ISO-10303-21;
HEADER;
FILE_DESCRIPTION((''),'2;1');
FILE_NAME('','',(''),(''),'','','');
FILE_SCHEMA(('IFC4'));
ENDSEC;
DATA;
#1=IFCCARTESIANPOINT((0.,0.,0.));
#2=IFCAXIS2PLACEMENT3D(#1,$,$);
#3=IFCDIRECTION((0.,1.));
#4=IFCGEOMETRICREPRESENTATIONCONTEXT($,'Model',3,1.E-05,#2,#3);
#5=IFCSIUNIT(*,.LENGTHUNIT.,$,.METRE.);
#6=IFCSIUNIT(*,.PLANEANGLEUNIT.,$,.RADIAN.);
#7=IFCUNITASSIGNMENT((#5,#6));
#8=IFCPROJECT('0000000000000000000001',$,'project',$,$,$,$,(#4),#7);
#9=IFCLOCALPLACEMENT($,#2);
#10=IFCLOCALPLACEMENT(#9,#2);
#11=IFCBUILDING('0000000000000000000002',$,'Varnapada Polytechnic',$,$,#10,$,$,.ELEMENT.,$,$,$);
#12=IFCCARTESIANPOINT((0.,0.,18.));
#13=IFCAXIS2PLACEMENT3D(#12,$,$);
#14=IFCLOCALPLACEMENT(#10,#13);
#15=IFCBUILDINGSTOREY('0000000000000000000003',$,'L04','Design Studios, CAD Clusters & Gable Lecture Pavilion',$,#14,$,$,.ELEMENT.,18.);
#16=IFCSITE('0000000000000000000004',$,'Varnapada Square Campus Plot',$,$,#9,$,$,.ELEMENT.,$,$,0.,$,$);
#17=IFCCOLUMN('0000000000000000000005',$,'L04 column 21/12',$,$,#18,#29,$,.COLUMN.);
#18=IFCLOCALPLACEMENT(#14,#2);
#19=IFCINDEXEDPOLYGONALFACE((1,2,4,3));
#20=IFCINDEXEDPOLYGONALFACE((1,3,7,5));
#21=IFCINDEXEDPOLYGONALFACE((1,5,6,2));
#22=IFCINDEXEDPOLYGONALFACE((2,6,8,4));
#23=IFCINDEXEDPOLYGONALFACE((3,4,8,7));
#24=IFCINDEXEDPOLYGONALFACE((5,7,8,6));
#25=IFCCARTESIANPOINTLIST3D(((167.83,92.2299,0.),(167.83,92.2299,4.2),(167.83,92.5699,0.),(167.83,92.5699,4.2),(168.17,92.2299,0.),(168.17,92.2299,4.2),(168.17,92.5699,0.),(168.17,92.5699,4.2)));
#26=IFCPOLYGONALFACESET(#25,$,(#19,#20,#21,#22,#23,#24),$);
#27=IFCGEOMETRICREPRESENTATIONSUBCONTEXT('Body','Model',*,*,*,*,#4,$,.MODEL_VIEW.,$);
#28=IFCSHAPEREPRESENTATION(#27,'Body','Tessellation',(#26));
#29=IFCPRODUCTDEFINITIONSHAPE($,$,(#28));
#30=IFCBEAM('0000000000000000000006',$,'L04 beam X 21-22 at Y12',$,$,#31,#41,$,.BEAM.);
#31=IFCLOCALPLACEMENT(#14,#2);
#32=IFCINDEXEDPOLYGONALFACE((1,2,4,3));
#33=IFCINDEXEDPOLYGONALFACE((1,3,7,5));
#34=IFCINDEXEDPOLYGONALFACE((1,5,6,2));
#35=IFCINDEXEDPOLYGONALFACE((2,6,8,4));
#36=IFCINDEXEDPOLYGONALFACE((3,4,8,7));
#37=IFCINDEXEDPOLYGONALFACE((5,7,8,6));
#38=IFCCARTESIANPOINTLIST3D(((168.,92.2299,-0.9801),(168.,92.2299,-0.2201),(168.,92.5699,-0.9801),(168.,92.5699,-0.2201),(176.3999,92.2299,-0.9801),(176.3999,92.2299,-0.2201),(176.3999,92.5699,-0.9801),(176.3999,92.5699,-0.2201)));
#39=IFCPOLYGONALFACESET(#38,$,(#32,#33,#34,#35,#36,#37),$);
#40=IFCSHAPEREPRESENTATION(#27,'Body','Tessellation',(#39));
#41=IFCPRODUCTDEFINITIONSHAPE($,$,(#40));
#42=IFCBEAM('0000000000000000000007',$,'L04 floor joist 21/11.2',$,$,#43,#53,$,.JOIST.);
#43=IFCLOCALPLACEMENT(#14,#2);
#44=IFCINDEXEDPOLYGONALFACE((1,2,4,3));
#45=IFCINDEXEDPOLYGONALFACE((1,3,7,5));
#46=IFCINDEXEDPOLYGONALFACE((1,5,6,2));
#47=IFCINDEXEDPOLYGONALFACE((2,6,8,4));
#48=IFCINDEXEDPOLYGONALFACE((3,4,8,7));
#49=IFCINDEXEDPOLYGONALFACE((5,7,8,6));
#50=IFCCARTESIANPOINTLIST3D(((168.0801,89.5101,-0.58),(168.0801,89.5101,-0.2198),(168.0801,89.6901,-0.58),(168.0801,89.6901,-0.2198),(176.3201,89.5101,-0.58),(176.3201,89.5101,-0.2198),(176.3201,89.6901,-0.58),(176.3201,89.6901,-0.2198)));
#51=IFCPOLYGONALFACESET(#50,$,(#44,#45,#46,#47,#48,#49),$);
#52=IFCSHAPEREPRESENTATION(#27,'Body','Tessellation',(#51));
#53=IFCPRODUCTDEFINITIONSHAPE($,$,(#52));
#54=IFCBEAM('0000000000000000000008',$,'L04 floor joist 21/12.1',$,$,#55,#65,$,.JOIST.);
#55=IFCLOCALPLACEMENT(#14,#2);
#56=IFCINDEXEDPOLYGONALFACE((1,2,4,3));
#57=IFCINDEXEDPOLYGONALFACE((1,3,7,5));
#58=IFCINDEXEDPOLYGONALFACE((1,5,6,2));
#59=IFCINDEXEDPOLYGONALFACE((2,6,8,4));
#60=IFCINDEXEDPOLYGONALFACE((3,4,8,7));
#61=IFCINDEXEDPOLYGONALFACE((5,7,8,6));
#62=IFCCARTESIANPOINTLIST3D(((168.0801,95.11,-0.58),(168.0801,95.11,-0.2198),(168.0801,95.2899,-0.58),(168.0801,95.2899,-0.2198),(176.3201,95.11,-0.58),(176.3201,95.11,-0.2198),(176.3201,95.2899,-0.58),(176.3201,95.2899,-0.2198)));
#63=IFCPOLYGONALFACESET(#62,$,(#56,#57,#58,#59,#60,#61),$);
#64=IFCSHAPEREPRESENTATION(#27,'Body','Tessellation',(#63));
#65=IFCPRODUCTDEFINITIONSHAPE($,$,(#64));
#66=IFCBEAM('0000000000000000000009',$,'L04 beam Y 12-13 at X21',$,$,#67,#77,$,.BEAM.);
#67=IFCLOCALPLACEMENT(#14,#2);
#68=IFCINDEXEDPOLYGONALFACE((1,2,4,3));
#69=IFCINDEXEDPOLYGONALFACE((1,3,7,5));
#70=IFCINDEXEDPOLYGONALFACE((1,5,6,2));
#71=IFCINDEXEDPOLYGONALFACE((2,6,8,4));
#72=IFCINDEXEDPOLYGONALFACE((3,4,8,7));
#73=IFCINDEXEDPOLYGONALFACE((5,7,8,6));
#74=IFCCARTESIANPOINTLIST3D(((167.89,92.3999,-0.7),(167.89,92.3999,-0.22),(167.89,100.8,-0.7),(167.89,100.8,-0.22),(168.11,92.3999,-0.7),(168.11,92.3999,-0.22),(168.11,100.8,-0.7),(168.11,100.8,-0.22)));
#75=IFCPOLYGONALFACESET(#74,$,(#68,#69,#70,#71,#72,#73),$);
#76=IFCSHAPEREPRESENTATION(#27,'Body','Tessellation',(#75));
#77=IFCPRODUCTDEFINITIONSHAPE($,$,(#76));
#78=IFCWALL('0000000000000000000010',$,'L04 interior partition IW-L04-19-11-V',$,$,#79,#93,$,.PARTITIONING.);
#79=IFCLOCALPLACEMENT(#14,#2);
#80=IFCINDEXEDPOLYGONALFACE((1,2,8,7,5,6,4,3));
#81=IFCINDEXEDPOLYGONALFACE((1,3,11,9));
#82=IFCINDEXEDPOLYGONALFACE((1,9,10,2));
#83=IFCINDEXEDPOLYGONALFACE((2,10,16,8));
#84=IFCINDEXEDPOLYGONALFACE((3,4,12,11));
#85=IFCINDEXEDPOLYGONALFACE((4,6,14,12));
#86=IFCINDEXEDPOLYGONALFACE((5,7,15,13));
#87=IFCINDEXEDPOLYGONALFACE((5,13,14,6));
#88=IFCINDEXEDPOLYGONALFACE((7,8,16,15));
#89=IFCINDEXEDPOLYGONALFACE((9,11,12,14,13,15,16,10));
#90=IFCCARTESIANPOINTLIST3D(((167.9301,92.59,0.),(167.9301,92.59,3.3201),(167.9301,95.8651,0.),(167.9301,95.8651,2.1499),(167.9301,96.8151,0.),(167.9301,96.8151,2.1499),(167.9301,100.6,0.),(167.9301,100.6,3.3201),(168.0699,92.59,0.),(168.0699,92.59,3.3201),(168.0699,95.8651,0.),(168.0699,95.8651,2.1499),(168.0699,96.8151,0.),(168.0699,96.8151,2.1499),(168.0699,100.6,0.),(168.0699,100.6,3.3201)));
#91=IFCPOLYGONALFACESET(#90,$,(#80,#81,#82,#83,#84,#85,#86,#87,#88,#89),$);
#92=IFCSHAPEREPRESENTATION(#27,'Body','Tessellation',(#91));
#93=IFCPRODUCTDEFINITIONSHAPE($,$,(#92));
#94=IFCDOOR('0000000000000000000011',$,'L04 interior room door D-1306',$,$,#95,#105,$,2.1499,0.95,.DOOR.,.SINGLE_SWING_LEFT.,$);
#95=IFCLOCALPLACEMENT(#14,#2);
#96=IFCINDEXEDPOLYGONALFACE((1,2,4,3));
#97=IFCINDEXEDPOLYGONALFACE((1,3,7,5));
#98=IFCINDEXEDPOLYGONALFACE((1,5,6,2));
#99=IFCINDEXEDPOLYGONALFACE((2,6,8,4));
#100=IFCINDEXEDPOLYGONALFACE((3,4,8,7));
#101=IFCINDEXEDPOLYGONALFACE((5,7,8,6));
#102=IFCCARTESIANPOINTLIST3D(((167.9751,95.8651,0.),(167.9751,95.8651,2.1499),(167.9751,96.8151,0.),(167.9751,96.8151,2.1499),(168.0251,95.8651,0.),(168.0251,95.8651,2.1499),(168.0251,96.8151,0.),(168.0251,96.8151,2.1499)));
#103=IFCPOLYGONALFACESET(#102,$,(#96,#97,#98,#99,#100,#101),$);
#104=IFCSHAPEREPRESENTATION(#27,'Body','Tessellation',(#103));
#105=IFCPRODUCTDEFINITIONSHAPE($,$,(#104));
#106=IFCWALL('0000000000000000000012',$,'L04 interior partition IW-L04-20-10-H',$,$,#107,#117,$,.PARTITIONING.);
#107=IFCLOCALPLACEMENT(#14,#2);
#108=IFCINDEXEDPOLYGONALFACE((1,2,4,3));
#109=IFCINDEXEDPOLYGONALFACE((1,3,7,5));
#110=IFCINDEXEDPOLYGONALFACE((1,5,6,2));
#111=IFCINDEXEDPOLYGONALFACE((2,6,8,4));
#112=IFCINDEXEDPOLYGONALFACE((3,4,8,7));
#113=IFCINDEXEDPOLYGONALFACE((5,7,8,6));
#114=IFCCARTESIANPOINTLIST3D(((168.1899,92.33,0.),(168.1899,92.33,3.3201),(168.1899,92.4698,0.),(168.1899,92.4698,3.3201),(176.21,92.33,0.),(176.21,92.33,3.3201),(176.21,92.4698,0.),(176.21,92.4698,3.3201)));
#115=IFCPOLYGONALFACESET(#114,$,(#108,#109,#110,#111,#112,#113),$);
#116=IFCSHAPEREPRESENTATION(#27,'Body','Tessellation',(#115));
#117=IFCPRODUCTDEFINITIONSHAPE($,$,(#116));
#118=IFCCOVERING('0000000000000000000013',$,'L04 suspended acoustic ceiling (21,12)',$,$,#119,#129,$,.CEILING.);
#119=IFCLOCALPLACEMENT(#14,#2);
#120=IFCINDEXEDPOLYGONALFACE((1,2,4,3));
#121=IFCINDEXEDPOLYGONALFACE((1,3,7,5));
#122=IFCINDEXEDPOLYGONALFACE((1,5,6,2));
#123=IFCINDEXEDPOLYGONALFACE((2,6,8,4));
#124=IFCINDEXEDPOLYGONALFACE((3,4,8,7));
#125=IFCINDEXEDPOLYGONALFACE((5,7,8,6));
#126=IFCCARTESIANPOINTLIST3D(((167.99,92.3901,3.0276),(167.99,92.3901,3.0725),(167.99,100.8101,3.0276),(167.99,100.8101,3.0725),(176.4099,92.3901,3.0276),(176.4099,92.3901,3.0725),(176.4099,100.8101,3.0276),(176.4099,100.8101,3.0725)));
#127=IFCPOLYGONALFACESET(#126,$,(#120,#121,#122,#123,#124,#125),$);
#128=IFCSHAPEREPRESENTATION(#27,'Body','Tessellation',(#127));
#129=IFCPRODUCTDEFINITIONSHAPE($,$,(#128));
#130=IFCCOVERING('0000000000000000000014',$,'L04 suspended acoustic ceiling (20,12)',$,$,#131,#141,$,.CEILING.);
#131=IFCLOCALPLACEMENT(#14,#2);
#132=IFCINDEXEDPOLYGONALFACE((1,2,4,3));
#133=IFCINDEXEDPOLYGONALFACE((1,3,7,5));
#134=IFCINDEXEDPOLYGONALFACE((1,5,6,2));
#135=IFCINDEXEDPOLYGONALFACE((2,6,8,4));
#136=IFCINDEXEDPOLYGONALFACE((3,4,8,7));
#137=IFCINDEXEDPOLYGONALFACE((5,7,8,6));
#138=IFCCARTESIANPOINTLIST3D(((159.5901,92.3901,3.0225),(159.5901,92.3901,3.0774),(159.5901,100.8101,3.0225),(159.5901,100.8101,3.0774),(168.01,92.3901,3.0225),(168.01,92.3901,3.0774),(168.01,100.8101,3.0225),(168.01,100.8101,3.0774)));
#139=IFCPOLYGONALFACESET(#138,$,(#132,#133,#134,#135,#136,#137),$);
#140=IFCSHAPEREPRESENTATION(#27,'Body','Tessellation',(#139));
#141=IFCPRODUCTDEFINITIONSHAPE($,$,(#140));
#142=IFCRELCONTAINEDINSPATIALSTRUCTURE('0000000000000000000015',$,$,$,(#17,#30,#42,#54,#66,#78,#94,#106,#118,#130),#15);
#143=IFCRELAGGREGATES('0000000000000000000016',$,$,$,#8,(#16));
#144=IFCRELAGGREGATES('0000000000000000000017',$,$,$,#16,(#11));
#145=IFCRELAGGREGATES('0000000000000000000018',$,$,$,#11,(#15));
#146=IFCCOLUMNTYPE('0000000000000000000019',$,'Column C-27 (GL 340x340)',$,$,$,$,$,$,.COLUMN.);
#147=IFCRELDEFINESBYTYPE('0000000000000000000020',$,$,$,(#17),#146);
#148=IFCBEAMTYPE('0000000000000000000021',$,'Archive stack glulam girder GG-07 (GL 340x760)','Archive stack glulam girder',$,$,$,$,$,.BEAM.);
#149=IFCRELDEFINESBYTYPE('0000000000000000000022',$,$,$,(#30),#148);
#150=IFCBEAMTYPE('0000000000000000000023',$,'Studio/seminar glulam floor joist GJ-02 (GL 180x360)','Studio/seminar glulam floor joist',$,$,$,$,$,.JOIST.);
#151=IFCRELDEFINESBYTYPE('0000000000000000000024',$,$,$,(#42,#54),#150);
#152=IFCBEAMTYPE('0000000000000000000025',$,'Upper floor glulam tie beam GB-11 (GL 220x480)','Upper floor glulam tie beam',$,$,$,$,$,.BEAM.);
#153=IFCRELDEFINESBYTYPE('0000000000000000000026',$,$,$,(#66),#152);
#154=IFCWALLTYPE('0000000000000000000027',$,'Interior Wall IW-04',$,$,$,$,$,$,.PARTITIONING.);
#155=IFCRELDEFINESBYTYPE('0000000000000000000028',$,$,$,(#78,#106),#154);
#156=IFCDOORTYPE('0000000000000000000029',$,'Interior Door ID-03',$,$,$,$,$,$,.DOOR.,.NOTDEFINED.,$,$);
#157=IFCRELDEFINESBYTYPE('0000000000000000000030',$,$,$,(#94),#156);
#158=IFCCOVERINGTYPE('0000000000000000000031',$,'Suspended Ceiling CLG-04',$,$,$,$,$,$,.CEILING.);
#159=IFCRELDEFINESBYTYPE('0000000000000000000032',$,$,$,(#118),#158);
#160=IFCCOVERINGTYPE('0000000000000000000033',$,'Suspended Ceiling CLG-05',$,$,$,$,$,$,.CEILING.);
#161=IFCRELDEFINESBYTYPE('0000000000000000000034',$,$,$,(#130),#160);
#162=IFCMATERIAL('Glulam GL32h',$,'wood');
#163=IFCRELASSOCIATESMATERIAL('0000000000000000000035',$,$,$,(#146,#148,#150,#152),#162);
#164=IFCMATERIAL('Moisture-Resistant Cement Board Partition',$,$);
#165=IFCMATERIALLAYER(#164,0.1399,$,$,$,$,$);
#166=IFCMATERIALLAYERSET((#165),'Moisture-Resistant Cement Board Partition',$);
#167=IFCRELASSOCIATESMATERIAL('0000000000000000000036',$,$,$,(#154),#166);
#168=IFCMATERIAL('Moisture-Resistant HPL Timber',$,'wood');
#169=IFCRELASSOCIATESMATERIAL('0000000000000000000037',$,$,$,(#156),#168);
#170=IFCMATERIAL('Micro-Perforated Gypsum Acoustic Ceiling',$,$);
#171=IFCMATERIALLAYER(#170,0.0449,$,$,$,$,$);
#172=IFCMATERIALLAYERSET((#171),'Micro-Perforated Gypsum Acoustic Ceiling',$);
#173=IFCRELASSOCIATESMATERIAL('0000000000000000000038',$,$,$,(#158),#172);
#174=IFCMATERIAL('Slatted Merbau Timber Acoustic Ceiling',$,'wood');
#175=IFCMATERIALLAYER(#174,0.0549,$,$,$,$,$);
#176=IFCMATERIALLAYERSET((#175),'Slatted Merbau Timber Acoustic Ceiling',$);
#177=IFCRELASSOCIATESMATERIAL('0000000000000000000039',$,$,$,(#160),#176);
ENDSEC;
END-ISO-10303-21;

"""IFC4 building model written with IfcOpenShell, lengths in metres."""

from ifc_helpers import new_model, si_unit, direction, frame, frame_2d, origin, origin_2d, place, context, subcontext, project, spatial, rectangle, extrude, material, layer, layer_set, material_profile, profile_set, type_object, element, fill, save


model = new_model("IFC4")

# Units and contexts
model_context = context("Model", 3, precision=1e-05, world=origin(), true_north=direction((0.0, 1.0)))
body_context = subcontext(model_context, "Body", "Model", "MODEL_VIEW")
ifc_project = project(units=[si_unit("LENGTHUNIT", "METRE"), si_unit("PLANEANGLEUNIT", "RADIAN")], contexts=[model_context])

# Site, building, storey
site_placement = place(None, origin())
site = spatial("IfcSite", under=ifc_project, at=site_placement, Name="Varnapada Square Campus Plot", CompositionType="ELEMENT", RefElevation=0.0)
building_placement = place(site_placement, origin())
building = spatial("IfcBuilding", under=site, at=building_placement, Name="Varnapada Polytechnic", CompositionType="ELEMENT")
storey_placement = place(building_placement, frame((0.0, 0.0, 18.0)))
storey = spatial("IfcBuildingStorey", under=building, at=storey_placement, Name="L04", Description="Design Studios, CAD Clusters & Gable Lecture Pavilion", CompositionType="ELEMENT", Elevation=18.0)

# Column
ifc_material_1 = material(Name="Glulam GL32h", Category="wood")
ifc_material_profile_1 = material_profile(ifc_material_1, rectangle(XDim=0.3401, YDim=0.3401, at=origin_2d()), Name="GL 340x340")
ifc_profile_set_1 = profile_set([ifc_material_profile_1], Name="Glulam GL32h")
column_type = type_object("IfcColumnType", Name="Column C-27 (GL 340x340)", PredefinedType="COLUMN", material=ifc_profile_set_1)
column_placement = place(storey_placement, frame((168.0, 92.3999, 0.0), z_axis=(0.0, 0.0, 1.0), x_axis=(1.0, 0.0, 0.0)))
element("IfcColumn", 1, at=column_placement, inside=storey, type_object=column_type, Name="L04 column 21/12", PredefinedType="COLUMN", context=body_context, shape_type="SweptSolid", body=[
    extrude(rectangle(XDim=0.3401, YDim=0.3401, at=origin_2d()), origin(), (0.0, 0.0, 1.0), 4.2),
])

# Beams
ifc_material_profile_2 = material_profile(ifc_material_1, rectangle(XDim=0.3401, YDim=0.76, at=origin_2d()), Name="GL 340x760")
ifc_profile_set_2 = profile_set([ifc_material_profile_2], Name="Glulam GL32h")
beam_type_1 = type_object("IfcBeamType", Name="Archive stack glulam girder GG-07 (GL 340x760)", Description="Archive stack glulam girder", PredefinedType="BEAM", material=ifc_profile_set_2)
beam_1_placement = place(storey_placement, frame((168.0, 92.3999, -0.6001), z_axis=(1.0, 0.0, 0.0), x_axis=(0.0, 1.0, 0.0)))
element("IfcBeam", 2, at=beam_1_placement, inside=storey, type_object=beam_type_1, Name="L04 beam X 21-22 at Y12", PredefinedType="BEAM", context=body_context, shape_type="SweptSolid", body=[
    extrude(rectangle(XDim=0.3401, YDim=0.76, at=origin_2d()), origin(), (0.0, 0.0, 1.0), 8.3999),
])
ifc_material_profile_3 = material_profile(ifc_material_1, rectangle(XDim=0.1799, YDim=0.3601, at=origin_2d()), Name="GL 180x360")
ifc_profile_set_3 = profile_set([ifc_material_profile_3], Name="Glulam GL32h")
beam_type_2 = type_object("IfcBeamType", Name="Studio/seminar glulam floor joist GJ-02 (GL 180x360)", Description="Studio/seminar glulam floor joist", PredefinedType="JOIST", material=ifc_profile_set_3)
for number, where, z_axis, x_axis, name in (
    (3, (168.0801, 89.6001, -0.3999), (1.0, 0.0, 0.0), (0.0, 1.0, 0.0), "L04 floor joist 21/11.2"),
    (4, (168.0801, 95.2, -0.3999), (1.0, 0.0, 0.0), (0.0, 1.0, 0.0), "L04 floor joist 21/12.1"),
):
    element("IfcBeam", number, at=place(storey_placement, frame(where, z_axis=z_axis, x_axis=x_axis)), inside=storey, type_object=beam_type_2, Name=name, PredefinedType="JOIST", context=body_context, shape_type="SweptSolid", body=[
        extrude(rectangle(XDim=0.1799, YDim=0.3601, at=origin_2d()), origin(), (0.0, 0.0, 1.0), 8.24),
    ])
ifc_material_profile_4 = material_profile(ifc_material_1, rectangle(XDim=0.22, YDim=0.48, at=origin_2d()), Name="GL 220x480")
ifc_profile_set_4 = profile_set([ifc_material_profile_4], Name="Glulam GL32h")
beam_type_3 = type_object("IfcBeamType", Name="Upper floor glulam tie beam GB-11 (GL 220x480)", Description="Upper floor glulam tie beam", PredefinedType="BEAM", material=ifc_profile_set_4)
beam_2_placement = place(storey_placement, frame((168.0, 92.3999, -0.46), z_axis=(0.0, 1.0, 0.0), x_axis=(-1.0, 0.0, 0.0)))
element("IfcBeam", 5, at=beam_2_placement, inside=storey, type_object=beam_type_3, Name="L04 beam Y 12-13 at X21", PredefinedType="BEAM", context=body_context, shape_type="SweptSolid", body=[
    extrude(rectangle(XDim=0.22, YDim=0.48, at=origin_2d()), origin(), (0.0, 0.0, 1.0), 8.4001),
])

# Wall, opening, door
ifc_material_2 = material(Name="Moisture-Resistant Cement Board Partition")
ifc_layer_1 = layer(ifc_material_2, 0.1399)
ifc_layer_set_1 = layer_set([ifc_layer_1], Name="Moisture-Resistant Cement Board Partition")
wall_type = type_object("IfcWallType", Name="Interior Wall IW-04", PredefinedType="PARTITIONING", material=ifc_layer_set_1)
wall_1_placement = place(storey_placement, frame((168.0, 92.5901, 0.0), z_axis=(0.0, 0.0, 1.0), x_axis=(0.0, 1.0, 0.0)))
wall_1 = element("IfcWall", 6, at=wall_1_placement, inside=storey, type_object=wall_type, Name="L04 interior partition IW-L04-19-11-V", PredefinedType="PARTITIONING", context=body_context, shape_type="SweptSolid", body=[
    extrude(rectangle(XDim=8.01, YDim=0.1399, at=frame_2d((4.0049, 0.0))), origin(), (0.0, 0.0, 1.0), 3.3201),
])
opening_placement = place(wall_1_placement, frame((3.2749, 0.0, 0.0)))
opening = element("IfcOpeningElement", 7, at=opening_placement, cuts=wall_1, PredefinedType="OPENING", context=body_context, shape_type="SweptSolid", body=[
    extrude(rectangle(XDim=0.95, YDim=2.1499, at=frame_2d((0.4751, 1.075))), frame((0.0, 0.0798, 0.0), z_axis=(0.0, -1.0, 0.0), x_axis=(1.0, 0.0, 0.0)), (0.0, 0.0, 1.0), 0.1599),
])
ifc_material_3 = material(Name="Moisture-Resistant HPL Timber", Category="wood")
door_type = type_object("IfcDoorType", Name="Interior Door ID-03", OperationType="NOTDEFINED", PredefinedType="DOOR", material=ifc_material_3)
door_placement = place(opening_placement, origin())
door = element("IfcDoor", 8, at=door_placement, inside=storey, type_object=door_type, Name="L04 interior room door D-1306", OperationType="SINGLE_SWING_LEFT", OverallHeight=2.1499, OverallWidth=0.95, PredefinedType="DOOR", context=body_context, shape_type="SweptSolid", body=[
    extrude(rectangle(XDim=0.95, YDim=2.1499, at=frame_2d((0.4751, 1.075))), frame((0.0, 0.0249, 0.0), z_axis=(0.0, -1.0, 0.0), x_axis=(1.0, 0.0, 0.0)), (0.0, 0.0, 1.0), 0.05),
])
fill(opening, door)

# Wall
wall_2_placement = place(storey_placement, frame((168.1899, 92.3999, 0.0), z_axis=(0.0, 0.0, 1.0), x_axis=(1.0, 0.0, 0.0)))
element("IfcWall", 9, at=wall_2_placement, inside=storey, type_object=wall_type, Name="L04 interior partition IW-L04-20-10-H", PredefinedType="PARTITIONING", context=body_context, shape_type="SweptSolid", body=[
    extrude(rectangle(XDim=8.02, YDim=0.1399, at=frame_2d((4.01, 0.0))), origin(), (0.0, 0.0, 1.0), 3.3201),
])

# Coverings
ifc_material_4 = material(Name="Micro-Perforated Gypsum Acoustic Ceiling")
ifc_layer_2 = layer(ifc_material_4, 0.0449)
ifc_layer_set_2 = layer_set([ifc_layer_2], Name="Micro-Perforated Gypsum Acoustic Ceiling")
covering_type_1 = type_object("IfcCoveringType", Name="Suspended Ceiling CLG-04", PredefinedType="CEILING", material=ifc_layer_set_2)
covering_1_placement = place(storey_placement, frame((172.2, 96.6001, 3.0276), z_axis=(0.0, 0.0, 1.0), x_axis=(1.0, 0.0, 0.0)))
element("IfcCovering", 10, at=covering_1_placement, inside=storey, type_object=covering_type_1, Name="L04 suspended acoustic ceiling (21,12)", PredefinedType="CEILING", context=body_context, shape_type="SweptSolid", body=[
    extrude(rectangle(XDim=8.4199, YDim=8.4199, at=origin_2d()), origin(), (0.0, 0.0, 1.0), 0.0449),
])
ifc_material_5 = material(Name="Slatted Merbau Timber Acoustic Ceiling", Category="wood")
ifc_layer_3 = layer(ifc_material_5, 0.0549)
ifc_layer_set_3 = layer_set([ifc_layer_3], Name="Slatted Merbau Timber Acoustic Ceiling")
covering_type_2 = type_object("IfcCoveringType", Name="Suspended Ceiling CLG-05", PredefinedType="CEILING", material=ifc_layer_set_3)
covering_2_placement = place(storey_placement, frame((163.8, 96.6001, 3.0225), z_axis=(0.0, 0.0, 1.0), x_axis=(1.0, 0.0, 0.0)))
element("IfcCovering", 11, at=covering_2_placement, inside=storey, type_object=covering_type_2, Name="L04 suspended acoustic ceiling (20,12)", PredefinedType="CEILING", context=body_context, shape_type="SweptSolid", body=[
    extrude(rectangle(XDim=8.4199, YDim=8.4199, at=origin_2d()), origin(), (0.0, 0.0, 1.0), 0.0549),
])

save(model, "model.ifc")
